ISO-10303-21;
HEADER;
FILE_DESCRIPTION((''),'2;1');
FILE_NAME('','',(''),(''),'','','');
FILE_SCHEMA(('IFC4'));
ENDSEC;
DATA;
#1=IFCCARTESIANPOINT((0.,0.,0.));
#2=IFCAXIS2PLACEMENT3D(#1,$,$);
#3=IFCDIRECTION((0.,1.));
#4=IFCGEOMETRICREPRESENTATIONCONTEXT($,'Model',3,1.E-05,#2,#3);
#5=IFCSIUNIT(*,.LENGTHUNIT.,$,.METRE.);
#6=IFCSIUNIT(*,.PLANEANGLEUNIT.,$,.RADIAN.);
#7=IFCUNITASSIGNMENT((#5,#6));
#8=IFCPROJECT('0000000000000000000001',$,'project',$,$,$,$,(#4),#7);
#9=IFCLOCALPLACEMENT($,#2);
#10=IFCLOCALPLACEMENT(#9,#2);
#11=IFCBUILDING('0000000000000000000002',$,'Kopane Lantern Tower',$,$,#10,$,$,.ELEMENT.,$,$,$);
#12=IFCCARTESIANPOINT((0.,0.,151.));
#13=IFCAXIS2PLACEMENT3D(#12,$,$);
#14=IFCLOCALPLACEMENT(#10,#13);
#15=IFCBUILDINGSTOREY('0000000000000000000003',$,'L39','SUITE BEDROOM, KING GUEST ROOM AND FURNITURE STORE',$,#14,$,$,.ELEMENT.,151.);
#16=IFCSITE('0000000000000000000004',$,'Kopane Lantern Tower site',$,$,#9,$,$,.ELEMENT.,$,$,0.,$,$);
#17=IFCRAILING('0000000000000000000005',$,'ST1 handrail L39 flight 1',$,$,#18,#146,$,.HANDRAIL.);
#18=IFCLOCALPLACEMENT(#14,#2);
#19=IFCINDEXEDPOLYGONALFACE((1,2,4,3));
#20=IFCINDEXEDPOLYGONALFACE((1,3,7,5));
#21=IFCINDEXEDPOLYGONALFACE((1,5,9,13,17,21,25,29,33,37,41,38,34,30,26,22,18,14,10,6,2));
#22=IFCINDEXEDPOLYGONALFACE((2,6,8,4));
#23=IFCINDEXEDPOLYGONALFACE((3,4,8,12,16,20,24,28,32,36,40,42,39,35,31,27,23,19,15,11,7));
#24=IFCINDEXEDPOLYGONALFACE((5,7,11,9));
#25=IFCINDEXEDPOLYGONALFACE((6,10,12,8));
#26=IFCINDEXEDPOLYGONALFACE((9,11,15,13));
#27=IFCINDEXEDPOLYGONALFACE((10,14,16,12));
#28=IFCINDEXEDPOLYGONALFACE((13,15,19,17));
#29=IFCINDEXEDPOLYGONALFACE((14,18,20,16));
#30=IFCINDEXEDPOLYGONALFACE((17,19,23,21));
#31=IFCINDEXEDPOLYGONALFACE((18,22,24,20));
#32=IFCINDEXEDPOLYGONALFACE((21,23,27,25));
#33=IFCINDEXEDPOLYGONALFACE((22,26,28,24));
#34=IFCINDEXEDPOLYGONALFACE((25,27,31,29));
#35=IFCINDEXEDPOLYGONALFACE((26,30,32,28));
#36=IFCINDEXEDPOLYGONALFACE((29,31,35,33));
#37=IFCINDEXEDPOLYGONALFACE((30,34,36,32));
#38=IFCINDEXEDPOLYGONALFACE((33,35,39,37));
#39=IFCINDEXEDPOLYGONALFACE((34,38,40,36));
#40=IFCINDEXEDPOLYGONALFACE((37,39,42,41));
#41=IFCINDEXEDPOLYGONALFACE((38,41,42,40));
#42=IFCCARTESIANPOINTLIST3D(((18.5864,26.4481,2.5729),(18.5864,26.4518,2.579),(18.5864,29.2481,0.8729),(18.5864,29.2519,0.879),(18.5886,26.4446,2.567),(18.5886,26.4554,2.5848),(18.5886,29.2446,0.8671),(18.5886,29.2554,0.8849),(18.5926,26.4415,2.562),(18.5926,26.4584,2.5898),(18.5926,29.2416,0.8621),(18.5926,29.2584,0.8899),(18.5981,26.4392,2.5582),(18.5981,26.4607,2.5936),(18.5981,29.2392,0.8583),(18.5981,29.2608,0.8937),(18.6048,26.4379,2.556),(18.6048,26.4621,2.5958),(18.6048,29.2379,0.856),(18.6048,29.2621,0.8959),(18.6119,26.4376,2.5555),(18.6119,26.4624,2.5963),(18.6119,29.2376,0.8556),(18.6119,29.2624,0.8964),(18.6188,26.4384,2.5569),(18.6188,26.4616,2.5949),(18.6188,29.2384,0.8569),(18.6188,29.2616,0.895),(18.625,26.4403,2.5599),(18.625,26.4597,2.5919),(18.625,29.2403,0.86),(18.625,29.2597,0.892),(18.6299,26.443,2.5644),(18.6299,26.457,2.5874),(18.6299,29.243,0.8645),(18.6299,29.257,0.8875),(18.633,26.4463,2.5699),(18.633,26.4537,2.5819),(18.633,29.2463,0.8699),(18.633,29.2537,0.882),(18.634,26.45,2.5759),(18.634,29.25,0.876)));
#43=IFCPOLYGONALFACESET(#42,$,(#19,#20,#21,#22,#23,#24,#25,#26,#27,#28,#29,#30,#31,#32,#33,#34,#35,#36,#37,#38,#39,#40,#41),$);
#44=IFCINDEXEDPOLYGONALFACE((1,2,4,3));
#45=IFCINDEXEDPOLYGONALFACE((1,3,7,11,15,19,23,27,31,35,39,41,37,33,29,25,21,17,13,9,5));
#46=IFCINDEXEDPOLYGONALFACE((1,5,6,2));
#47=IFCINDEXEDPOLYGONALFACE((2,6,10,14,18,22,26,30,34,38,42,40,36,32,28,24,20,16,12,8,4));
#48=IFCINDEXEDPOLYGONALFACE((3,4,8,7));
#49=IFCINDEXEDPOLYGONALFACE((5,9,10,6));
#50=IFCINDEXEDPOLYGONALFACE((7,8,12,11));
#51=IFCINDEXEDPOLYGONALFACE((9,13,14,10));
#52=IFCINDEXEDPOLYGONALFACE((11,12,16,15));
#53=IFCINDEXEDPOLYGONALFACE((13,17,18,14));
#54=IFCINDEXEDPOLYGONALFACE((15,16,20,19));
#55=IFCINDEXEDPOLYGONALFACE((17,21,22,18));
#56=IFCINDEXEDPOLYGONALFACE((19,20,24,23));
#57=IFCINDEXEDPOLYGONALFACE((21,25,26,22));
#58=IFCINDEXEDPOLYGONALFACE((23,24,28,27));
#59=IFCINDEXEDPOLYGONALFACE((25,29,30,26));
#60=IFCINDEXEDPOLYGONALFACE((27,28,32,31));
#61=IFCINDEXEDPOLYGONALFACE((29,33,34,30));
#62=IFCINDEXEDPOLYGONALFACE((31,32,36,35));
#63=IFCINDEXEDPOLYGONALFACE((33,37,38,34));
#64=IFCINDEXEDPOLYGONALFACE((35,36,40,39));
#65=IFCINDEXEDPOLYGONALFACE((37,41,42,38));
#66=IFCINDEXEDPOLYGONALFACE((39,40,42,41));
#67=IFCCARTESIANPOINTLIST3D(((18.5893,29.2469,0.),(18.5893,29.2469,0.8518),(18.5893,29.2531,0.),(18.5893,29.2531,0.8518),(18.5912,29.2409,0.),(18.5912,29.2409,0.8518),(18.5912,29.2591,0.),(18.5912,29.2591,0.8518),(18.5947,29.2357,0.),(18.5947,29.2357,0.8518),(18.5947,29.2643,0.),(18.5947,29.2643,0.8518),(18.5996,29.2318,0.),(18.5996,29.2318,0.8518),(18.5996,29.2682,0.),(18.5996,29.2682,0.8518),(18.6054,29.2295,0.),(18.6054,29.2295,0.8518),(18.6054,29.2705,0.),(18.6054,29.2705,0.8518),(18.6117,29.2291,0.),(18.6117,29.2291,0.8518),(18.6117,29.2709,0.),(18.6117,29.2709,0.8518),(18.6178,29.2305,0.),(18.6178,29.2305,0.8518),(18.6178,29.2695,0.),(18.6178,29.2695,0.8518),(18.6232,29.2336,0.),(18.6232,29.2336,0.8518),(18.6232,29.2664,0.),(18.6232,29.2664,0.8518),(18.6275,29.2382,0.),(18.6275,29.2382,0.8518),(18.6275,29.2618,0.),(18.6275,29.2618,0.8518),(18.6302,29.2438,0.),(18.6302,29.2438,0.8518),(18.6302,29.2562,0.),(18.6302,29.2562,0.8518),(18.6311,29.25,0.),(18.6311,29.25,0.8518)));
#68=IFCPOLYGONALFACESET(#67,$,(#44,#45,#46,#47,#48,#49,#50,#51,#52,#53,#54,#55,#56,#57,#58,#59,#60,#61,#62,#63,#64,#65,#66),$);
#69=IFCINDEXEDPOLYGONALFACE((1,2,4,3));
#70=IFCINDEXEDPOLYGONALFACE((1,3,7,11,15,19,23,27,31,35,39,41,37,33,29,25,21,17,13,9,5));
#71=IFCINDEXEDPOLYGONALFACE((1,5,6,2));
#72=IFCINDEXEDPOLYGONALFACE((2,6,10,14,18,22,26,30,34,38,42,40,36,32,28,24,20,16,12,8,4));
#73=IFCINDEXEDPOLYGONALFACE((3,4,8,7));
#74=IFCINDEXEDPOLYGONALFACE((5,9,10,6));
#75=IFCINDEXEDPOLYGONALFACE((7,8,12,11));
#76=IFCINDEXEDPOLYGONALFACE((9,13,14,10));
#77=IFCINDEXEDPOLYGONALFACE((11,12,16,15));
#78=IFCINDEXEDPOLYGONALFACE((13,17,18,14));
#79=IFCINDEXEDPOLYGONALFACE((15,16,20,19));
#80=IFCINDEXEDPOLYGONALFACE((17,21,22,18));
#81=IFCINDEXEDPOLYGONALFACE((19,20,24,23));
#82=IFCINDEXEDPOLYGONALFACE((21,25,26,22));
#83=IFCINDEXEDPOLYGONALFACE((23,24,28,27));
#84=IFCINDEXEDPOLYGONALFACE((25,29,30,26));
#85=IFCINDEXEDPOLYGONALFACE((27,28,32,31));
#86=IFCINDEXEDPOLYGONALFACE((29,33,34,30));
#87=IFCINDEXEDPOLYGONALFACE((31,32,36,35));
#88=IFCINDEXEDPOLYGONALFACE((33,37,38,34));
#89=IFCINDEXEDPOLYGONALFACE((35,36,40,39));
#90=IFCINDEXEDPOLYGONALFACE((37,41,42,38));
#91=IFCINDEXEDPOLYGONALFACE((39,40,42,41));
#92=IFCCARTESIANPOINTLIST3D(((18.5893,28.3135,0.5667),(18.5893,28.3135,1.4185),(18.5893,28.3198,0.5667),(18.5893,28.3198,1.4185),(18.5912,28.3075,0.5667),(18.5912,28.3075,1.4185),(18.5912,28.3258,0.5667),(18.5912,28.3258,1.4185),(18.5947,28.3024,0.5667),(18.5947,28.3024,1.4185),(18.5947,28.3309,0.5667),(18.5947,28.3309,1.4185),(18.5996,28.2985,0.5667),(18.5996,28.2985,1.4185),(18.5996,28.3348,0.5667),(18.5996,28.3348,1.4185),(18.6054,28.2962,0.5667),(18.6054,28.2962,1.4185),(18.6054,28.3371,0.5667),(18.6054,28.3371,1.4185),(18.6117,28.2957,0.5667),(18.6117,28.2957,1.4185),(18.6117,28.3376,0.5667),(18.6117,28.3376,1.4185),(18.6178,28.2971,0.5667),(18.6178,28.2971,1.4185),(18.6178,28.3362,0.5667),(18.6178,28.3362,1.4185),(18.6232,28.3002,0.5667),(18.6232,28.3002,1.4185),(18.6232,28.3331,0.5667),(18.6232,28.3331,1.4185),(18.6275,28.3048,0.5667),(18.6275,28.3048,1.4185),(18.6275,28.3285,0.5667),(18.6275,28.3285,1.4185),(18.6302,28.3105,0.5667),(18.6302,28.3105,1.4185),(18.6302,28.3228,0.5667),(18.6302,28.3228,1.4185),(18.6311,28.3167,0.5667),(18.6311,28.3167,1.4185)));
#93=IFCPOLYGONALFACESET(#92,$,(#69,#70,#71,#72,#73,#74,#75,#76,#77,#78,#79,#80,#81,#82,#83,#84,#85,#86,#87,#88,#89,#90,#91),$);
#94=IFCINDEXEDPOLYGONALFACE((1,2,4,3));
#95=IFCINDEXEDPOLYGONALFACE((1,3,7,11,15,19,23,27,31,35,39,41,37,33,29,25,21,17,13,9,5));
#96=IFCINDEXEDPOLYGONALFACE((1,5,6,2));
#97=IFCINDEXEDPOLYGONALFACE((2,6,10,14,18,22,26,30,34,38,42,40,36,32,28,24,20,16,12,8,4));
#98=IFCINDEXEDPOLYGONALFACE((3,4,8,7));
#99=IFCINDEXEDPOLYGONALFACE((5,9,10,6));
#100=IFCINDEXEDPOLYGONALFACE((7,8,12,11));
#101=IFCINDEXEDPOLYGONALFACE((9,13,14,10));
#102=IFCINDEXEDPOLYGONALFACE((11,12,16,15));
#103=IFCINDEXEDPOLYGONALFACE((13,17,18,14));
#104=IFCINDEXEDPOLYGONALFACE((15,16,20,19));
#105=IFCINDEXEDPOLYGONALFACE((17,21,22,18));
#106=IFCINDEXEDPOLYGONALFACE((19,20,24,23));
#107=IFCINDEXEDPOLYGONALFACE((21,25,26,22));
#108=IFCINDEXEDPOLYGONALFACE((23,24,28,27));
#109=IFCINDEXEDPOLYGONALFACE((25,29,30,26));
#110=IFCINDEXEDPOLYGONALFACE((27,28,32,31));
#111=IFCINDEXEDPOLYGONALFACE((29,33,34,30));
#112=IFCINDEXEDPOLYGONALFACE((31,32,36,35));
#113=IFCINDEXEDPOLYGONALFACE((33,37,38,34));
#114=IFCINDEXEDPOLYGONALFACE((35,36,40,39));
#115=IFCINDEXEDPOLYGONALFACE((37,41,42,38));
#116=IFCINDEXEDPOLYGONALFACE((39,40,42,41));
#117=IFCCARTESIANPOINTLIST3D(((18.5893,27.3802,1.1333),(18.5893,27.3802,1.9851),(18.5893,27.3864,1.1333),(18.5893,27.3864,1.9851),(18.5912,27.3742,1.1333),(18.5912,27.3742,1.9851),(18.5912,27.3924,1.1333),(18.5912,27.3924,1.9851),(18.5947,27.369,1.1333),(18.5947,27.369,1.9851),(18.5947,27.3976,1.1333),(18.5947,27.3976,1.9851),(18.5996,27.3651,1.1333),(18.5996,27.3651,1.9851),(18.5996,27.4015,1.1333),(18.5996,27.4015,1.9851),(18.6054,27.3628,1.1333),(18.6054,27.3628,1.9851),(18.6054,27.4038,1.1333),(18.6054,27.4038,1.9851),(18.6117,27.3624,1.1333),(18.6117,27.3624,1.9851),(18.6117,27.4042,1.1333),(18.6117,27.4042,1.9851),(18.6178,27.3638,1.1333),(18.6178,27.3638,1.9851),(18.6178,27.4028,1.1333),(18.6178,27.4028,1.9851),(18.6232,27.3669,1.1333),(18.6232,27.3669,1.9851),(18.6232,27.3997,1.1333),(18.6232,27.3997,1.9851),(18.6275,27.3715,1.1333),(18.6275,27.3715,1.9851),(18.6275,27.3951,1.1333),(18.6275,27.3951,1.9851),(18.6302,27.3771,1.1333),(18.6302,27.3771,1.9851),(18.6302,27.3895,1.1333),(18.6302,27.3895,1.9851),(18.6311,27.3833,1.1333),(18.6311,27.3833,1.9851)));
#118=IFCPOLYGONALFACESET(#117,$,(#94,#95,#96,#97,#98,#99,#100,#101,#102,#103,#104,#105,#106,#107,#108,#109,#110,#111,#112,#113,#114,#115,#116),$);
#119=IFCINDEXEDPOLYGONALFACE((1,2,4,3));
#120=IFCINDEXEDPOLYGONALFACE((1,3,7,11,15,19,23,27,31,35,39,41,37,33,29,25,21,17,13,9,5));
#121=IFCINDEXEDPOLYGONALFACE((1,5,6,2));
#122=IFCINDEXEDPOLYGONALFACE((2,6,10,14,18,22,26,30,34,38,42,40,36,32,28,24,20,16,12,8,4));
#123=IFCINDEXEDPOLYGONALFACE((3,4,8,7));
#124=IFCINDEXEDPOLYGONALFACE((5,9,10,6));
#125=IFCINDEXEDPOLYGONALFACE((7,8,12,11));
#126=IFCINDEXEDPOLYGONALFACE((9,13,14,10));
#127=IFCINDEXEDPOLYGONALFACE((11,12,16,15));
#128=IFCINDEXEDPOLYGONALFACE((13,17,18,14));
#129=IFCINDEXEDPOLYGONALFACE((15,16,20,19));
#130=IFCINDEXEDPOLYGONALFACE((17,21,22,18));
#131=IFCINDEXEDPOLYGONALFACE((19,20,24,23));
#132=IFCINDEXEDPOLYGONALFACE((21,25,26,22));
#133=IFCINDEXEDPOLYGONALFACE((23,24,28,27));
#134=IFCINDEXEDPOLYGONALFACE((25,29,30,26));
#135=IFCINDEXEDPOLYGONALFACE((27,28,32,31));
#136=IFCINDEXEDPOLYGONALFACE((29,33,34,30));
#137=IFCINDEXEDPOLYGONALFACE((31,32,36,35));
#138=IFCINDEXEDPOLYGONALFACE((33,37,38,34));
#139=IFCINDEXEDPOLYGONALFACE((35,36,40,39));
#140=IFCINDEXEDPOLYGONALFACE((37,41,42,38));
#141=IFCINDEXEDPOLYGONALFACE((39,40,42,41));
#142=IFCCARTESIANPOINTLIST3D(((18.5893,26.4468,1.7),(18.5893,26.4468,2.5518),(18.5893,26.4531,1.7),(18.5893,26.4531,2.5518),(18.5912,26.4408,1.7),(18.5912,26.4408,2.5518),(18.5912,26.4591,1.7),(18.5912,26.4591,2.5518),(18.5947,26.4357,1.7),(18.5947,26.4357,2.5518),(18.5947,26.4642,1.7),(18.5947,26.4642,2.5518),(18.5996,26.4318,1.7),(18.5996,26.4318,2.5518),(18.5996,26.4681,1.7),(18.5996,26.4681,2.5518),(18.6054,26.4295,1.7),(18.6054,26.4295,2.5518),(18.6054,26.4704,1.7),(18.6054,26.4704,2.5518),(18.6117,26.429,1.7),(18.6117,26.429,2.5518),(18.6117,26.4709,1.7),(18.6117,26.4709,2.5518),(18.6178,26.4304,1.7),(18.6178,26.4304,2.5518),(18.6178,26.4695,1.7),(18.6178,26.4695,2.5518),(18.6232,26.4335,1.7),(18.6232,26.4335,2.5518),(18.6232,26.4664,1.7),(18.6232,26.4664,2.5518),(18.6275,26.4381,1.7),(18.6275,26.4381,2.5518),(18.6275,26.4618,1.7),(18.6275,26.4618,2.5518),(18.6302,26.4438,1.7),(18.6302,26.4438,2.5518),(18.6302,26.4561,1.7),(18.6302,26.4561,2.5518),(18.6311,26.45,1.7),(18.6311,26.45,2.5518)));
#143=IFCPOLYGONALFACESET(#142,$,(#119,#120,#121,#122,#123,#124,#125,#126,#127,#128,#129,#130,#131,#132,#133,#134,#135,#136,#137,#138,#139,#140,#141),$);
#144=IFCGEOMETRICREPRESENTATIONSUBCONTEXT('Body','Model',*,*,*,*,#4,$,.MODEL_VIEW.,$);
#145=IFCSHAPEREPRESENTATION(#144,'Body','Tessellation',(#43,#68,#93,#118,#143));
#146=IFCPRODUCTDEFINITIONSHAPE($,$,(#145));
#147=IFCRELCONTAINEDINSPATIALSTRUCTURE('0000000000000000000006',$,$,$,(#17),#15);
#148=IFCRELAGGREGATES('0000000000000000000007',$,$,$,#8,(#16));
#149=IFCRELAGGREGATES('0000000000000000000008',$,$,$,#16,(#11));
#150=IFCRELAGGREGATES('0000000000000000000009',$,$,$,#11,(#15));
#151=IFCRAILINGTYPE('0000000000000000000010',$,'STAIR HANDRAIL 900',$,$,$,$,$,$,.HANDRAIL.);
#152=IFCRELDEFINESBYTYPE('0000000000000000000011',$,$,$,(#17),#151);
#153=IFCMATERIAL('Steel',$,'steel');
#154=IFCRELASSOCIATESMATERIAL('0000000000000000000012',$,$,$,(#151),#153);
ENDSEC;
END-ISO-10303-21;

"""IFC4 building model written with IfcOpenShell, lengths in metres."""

from ifc_helpers import new_model, si_unit, direction, frame, origin, origin_2d, place, context, subcontext, project, spatial, circle, extrude, material, type_object, element, save


model = new_model("IFC4")

# Units and contexts
model_context = context("Model", 3, precision=1e-05, world=origin(), true_north=direction((0.0, 1.0)))
body_context = subcontext(model_context, "Body", "Model", "MODEL_VIEW")
ifc_project = project(units=[si_unit("LENGTHUNIT", "METRE"), si_unit("PLANEANGLEUNIT", "RADIAN")], contexts=[model_context])

# Site, building, storey
site_placement = place(None, origin())
site = spatial("IfcSite", under=ifc_project, at=site_placement, Name="Kopane Lantern Tower site", CompositionType="ELEMENT", RefElevation=0.0)
building_placement = place(site_placement, origin())
building = spatial("IfcBuilding", under=site, at=building_placement, Name="Kopane Lantern Tower", CompositionType="ELEMENT")
storey_placement = place(building_placement, frame((0.0, 0.0, 151.0)))
storey = spatial("IfcBuildingStorey", under=building, at=storey_placement, Name="L39", Description="SUITE BEDROOM, KING GUEST ROOM AND FURNITURE STORE", CompositionType="ELEMENT", Elevation=151.0)

# Railing
ifc_material_1 = material(Name="Steel", Category="steel")
railing_type = type_object("IfcRailingType", Name="STAIR HANDRAIL 900", PredefinedType="HANDRAIL", material=ifc_material_1)
for number, where, name in (
    (1, (18.6101, 29.25, 0.0), "ST1 handrail L39 flight 1"),
):
    element("IfcRailing", number, at=place(storey_placement, frame(where)), inside=storey, type_object=railing_type, Name=name, PredefinedType="HANDRAIL", context=body_context, shape_type="SweptSolid", body=[
        extrude(circle(Radius=0.0239, at=origin_2d()), frame((0.0, 0.0, 0.876), z_axis=(0.0, -0.854798, 0.518961), x_axis=(1.0, 0.0, 0.0)), (0.0, 0.0, 1.0), 3.2756),
        extrude(circle(Radius=0.021, at=origin_2d()), origin(), (0.0, 0.0, 1.0), 0.8518),
        extrude(circle(Radius=0.021, at=origin_2d()), frame((0.0, -0.9333, 0.5667)), (0.0, 0.0, 1.0), 0.8518),
        extrude(circle(Radius=0.021, at=origin_2d()), frame((0.0, -1.8667, 1.1333)), (0.0, 0.0, 1.0), 0.8518),
        extrude(circle(Radius=0.021, at=origin_2d()), frame((0.0, -2.8, 1.7)), (0.0, 0.0, 1.0), 0.8518),
    ])

save(model, "model.ifc")
